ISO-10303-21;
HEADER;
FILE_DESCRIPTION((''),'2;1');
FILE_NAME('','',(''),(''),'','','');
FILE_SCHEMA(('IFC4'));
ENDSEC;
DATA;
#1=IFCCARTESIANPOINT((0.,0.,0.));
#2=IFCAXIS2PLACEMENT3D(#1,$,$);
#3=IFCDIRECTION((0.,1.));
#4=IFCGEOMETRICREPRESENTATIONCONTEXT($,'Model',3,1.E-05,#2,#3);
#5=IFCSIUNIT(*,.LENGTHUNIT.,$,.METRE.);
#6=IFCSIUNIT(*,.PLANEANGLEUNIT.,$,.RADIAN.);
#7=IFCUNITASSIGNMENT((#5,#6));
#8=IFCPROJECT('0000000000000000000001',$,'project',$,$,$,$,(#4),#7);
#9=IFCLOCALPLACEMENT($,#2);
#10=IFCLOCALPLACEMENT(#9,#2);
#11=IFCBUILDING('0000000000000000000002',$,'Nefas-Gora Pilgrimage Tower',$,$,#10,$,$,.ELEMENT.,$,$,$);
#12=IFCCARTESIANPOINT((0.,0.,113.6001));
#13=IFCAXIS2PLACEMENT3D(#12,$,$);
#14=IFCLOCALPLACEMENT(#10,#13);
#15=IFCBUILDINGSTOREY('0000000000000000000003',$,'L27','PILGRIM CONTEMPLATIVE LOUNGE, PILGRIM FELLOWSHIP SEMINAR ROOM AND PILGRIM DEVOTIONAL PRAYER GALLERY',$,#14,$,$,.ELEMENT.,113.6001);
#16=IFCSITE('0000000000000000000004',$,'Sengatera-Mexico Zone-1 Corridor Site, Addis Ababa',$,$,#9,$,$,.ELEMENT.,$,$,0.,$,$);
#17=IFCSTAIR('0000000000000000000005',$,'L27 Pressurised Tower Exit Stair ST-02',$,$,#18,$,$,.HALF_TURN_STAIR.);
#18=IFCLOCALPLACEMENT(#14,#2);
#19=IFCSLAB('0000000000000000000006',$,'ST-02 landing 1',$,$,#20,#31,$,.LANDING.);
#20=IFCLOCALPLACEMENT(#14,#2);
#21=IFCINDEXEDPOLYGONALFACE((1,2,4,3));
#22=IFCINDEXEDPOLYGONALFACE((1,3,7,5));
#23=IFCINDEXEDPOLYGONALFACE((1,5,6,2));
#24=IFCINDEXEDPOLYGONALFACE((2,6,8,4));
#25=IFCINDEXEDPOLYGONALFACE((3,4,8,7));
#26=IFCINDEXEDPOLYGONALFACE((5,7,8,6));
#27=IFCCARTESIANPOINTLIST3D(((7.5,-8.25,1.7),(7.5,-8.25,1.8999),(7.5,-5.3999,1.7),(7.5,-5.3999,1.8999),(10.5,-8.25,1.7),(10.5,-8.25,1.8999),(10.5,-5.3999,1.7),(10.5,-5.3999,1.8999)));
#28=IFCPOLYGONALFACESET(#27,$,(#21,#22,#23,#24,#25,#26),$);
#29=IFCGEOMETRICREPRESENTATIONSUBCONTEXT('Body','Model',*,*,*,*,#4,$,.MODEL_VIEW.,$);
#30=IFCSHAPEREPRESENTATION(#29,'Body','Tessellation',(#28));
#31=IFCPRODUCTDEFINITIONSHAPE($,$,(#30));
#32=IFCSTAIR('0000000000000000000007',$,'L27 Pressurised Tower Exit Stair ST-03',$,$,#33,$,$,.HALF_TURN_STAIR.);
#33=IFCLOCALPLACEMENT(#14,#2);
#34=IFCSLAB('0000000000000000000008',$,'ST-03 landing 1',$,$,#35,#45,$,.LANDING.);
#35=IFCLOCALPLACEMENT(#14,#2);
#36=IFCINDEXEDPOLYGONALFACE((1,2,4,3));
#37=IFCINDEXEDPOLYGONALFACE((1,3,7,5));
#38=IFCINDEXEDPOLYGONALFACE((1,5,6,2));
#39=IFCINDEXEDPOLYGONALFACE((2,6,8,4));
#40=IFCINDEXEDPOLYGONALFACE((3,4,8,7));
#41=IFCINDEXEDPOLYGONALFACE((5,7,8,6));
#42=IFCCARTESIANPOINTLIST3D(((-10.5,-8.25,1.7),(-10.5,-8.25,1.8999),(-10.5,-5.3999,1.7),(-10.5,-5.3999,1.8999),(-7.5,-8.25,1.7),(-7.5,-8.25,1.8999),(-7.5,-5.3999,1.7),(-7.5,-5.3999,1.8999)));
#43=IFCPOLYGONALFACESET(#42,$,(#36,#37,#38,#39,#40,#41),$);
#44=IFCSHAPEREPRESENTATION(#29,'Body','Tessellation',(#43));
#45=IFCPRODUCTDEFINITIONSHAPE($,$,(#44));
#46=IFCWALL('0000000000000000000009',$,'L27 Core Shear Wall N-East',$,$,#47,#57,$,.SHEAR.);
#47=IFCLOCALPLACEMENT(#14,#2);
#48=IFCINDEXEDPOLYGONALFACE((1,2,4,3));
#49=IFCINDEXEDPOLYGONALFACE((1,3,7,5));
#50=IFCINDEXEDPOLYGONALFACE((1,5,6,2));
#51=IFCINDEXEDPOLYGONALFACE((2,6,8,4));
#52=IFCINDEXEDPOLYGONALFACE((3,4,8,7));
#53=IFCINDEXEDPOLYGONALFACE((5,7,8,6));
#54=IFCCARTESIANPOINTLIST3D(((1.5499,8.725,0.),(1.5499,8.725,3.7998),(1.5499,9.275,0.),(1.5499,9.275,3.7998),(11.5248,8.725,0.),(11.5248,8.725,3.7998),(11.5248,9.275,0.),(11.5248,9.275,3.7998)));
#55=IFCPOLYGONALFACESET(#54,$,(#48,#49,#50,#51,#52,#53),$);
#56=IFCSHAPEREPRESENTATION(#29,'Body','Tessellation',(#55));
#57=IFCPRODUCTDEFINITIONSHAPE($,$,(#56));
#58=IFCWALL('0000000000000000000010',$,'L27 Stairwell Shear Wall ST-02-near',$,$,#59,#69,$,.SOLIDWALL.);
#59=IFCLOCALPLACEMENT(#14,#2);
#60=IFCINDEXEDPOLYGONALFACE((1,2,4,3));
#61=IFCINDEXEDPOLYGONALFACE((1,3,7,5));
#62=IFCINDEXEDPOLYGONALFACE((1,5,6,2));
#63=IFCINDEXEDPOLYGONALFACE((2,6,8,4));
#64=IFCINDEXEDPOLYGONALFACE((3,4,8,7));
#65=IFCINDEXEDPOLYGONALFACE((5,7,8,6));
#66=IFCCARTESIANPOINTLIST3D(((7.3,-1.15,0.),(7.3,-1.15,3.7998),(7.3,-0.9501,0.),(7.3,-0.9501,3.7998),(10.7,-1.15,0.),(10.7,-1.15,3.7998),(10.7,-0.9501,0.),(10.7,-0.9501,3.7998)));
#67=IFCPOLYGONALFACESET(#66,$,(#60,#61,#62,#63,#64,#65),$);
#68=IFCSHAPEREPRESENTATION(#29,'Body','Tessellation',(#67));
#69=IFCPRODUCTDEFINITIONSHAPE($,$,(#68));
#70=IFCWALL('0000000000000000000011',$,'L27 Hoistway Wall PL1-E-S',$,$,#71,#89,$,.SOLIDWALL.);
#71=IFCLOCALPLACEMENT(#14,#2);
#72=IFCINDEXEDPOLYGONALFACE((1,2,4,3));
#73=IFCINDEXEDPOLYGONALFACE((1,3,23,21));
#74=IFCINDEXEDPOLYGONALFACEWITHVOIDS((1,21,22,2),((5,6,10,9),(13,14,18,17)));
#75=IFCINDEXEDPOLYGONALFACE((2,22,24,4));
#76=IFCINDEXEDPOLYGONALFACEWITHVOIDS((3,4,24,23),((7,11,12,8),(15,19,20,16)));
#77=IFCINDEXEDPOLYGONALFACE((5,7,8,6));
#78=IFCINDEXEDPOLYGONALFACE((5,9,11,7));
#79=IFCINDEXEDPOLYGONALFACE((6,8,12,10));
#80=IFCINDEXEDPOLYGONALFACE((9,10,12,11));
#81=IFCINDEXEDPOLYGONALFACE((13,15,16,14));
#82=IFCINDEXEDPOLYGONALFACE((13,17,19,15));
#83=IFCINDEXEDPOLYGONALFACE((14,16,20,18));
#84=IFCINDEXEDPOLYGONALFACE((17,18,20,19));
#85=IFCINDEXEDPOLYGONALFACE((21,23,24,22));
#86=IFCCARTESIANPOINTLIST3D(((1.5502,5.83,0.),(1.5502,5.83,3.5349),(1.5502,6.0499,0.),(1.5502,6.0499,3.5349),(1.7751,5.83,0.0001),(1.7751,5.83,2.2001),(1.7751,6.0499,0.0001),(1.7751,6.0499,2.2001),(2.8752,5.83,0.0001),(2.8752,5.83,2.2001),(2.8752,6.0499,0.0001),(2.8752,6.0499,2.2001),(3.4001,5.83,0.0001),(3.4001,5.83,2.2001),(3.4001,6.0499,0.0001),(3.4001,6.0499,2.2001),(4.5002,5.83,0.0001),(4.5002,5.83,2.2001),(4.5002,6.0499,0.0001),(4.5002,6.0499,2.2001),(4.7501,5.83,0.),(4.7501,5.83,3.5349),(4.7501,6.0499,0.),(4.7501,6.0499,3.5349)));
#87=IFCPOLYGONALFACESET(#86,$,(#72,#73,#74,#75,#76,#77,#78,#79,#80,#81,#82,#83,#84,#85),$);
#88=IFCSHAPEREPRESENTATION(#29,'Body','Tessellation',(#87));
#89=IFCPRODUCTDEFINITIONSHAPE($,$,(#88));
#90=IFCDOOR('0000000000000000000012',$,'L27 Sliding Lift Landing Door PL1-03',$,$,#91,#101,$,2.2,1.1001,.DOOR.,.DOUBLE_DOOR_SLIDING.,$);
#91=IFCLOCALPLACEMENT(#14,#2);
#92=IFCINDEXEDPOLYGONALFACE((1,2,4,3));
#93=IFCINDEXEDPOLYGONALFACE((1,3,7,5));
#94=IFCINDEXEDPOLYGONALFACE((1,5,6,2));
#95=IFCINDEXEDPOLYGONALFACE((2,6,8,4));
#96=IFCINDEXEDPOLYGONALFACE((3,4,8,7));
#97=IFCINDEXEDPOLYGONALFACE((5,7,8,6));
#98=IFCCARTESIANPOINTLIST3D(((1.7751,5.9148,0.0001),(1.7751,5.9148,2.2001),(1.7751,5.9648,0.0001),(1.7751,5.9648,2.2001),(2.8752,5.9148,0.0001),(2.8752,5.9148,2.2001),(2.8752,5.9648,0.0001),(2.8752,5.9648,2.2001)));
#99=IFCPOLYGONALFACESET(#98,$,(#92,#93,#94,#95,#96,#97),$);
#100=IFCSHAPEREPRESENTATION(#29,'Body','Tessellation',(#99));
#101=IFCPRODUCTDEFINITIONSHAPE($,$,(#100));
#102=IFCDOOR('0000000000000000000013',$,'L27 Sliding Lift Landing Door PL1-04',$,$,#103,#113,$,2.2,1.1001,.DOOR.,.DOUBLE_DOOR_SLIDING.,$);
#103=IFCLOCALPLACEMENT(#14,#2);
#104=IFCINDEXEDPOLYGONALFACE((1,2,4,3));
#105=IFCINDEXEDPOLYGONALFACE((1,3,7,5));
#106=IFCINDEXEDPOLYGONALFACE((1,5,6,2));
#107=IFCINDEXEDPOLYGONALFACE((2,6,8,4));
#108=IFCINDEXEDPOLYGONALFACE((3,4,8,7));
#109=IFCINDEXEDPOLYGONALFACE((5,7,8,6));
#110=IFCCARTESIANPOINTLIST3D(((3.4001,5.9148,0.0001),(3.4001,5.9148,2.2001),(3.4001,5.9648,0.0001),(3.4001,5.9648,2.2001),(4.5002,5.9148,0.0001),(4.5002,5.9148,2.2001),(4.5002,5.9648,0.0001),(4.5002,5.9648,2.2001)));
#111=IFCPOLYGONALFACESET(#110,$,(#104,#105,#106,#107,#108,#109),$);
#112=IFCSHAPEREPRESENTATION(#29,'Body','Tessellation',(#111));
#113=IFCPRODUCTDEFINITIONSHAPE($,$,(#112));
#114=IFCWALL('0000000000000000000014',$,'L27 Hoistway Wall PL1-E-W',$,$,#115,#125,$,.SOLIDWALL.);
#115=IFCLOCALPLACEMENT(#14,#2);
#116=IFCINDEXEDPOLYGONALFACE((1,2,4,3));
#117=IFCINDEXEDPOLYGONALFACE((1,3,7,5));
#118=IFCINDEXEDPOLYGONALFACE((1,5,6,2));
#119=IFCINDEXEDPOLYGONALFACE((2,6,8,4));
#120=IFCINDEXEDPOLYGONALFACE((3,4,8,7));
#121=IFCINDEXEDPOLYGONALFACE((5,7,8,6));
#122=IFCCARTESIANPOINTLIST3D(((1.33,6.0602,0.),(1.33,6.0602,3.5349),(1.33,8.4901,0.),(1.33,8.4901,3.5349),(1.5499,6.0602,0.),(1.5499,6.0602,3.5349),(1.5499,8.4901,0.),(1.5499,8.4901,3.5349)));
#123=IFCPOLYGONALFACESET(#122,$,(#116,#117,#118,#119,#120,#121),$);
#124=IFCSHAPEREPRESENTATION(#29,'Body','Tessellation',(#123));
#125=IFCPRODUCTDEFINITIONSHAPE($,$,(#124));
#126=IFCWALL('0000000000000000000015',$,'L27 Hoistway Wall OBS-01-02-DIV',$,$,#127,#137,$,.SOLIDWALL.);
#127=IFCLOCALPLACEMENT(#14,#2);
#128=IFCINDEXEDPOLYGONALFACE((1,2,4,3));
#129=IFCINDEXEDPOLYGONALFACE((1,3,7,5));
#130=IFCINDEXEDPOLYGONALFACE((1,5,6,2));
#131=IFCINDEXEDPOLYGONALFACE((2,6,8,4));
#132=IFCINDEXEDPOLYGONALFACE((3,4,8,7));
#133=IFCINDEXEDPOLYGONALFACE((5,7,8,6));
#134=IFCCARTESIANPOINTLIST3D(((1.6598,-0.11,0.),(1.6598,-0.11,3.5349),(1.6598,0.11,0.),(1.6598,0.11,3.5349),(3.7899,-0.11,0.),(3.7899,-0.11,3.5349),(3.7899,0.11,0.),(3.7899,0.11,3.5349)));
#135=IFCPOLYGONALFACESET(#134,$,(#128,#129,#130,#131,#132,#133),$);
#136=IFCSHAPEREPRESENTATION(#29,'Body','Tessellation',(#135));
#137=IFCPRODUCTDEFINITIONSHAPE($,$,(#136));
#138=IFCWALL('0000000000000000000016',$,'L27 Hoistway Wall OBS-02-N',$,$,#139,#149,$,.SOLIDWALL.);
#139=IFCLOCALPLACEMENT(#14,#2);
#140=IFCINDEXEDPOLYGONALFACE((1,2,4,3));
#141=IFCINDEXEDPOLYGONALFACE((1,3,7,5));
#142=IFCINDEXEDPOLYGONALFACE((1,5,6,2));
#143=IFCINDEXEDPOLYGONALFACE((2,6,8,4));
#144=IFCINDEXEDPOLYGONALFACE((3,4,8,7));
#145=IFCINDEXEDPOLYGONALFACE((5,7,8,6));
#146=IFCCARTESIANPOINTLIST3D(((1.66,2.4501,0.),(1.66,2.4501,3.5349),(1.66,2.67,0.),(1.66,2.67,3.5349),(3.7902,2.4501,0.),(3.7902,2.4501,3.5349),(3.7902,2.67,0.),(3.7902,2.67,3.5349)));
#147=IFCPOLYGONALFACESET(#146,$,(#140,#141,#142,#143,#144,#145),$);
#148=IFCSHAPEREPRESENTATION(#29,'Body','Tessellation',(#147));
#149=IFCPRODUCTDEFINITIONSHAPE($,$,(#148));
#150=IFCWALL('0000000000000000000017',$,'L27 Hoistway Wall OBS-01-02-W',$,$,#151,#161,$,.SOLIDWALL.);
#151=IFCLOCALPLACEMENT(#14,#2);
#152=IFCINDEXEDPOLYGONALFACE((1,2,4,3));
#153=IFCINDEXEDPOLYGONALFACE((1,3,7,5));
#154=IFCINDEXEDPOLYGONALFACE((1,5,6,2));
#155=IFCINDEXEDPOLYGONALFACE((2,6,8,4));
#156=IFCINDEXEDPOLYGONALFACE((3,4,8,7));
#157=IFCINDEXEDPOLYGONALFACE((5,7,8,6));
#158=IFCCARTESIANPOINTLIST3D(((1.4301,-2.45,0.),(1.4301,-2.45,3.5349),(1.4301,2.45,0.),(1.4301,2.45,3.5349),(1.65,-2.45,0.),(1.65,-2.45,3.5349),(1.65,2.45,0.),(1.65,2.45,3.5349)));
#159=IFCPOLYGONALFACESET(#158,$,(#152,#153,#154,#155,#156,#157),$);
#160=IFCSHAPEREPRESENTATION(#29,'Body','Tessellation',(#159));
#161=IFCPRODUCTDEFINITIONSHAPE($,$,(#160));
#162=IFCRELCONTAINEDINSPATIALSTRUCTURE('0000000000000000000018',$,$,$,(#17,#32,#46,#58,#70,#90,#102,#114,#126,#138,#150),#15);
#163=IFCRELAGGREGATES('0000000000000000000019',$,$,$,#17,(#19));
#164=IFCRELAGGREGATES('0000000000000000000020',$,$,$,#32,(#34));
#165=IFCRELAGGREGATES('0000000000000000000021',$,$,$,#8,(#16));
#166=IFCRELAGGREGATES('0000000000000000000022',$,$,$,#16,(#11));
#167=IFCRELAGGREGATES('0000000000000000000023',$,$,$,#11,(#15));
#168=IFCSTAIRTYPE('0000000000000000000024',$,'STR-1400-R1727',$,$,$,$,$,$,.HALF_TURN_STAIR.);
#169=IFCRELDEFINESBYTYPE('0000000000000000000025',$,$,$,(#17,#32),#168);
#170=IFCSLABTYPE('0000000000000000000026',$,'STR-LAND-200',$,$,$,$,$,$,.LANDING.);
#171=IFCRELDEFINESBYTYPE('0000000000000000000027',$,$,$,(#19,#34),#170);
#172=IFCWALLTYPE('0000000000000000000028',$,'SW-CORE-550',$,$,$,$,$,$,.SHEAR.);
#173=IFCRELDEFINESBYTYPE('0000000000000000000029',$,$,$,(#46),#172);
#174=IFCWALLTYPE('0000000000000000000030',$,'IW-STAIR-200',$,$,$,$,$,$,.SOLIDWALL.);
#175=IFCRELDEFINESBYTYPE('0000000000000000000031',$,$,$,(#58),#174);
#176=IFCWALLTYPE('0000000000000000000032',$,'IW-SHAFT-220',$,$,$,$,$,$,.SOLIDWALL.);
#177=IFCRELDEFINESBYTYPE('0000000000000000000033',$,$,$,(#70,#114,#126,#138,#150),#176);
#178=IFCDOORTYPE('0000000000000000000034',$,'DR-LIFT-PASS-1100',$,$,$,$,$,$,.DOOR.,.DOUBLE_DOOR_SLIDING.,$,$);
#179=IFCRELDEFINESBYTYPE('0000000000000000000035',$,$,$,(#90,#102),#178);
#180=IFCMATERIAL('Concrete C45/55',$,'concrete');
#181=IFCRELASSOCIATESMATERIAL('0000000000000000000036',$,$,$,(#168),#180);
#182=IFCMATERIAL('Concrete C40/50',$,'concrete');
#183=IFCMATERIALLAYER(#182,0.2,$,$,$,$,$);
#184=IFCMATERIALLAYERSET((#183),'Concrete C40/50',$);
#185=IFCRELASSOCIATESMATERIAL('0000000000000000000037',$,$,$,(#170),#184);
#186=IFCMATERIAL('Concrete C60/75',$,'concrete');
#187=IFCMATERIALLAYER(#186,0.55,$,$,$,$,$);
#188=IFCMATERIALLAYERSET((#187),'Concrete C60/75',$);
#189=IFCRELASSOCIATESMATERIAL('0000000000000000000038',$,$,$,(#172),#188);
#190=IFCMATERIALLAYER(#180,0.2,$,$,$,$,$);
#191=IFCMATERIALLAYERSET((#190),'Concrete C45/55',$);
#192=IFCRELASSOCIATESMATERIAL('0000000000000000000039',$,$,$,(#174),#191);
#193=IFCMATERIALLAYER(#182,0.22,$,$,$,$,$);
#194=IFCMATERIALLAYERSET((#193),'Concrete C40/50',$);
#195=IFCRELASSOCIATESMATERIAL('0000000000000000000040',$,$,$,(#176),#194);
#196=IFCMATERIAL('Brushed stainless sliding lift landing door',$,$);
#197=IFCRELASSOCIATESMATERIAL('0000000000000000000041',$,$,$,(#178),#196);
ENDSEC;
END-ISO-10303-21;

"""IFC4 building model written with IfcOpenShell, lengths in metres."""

from ifc_helpers import new_model, si_unit, direction, frame, frame_2d, origin, place, context, subcontext, project, spatial, polyline, rectangle, outline, extrude, source, transform, mapped, material, layer, layer_set, type_object, element, fill, aggregate, save


model = new_model("IFC4")

# Units and contexts
model_context = context("Model", 3, precision=1e-05, world=origin(), true_north=direction((0.0, 1.0)))
body_context = subcontext(model_context, "Body", "Model", "MODEL_VIEW")
ifc_project = project(units=[si_unit("LENGTHUNIT", "METRE"), si_unit("PLANEANGLEUNIT", "RADIAN")], contexts=[model_context])

# Site, building, storey
site_placement = place(None, origin())
site = spatial("IfcSite", under=ifc_project, at=site_placement, Name="Sengatera-Mexico Zone-1 Corridor Site, Addis Ababa", CompositionType="ELEMENT", RefElevation=0.0)
building_placement = place(site_placement, origin())
building = spatial("IfcBuilding", under=site, at=building_placement, Name="Nefas-Gora Pilgrimage Tower", CompositionType="ELEMENT")
storey_placement = place(building_placement, frame((0.0, 0.0, 113.6001)))
storey = spatial("IfcBuildingStorey", under=building, at=storey_placement, Name="L27", Description="PILGRIM CONTEMPLATIVE LOUNGE, PILGRIM FELLOWSHIP SEMINAR ROOM AND PILGRIM DEVOTIONAL PRAYER GALLERY", CompositionType="ELEMENT", Elevation=113.6001)

# Stairs, slabs
ifc_material_1 = material(Name="Concrete C45/55", Category="concrete")
stair_type = type_object("IfcStairType", Name="STR-1400-R1727", PredefinedType="HALF_TURN_STAIR", material=ifc_material_1)
stair_1_placement = place(storey_placement, origin())
stair_1 = element("IfcStair", 1, at=stair_1_placement, inside=storey, type_object=stair_type, Name="L27 Pressurised Tower Exit Stair ST-02", PredefinedType="HALF_TURN_STAIR")
ifc_material_2 = material(Name="Concrete C40/50", Category="concrete")
ifc_layer_1 = layer(ifc_material_2, 0.2)
ifc_layer_set_1 = layer_set([ifc_layer_1], Name="Concrete C40/50")
slab_type = type_object("IfcSlabType", Name="STR-LAND-200", PredefinedType="LANDING", material=ifc_layer_set_1)
slab_1_placement = place(storey_placement, frame((0.0, 0.0, 1.7)))
slab_1 = element("IfcSlab", 2, at=slab_1_placement, type_object=slab_type, Name="ST-02 landing 1", PredefinedType="LANDING", context=body_context, shape_type="SweptSolid", body=[
    extrude(outline(polyline([(7.5, -5.3999), (7.5, -8.25), (10.5, -8.25), (10.5, -5.3999), (7.5, -5.3999)])), origin(), (0.0, 0.0, 1.0), 0.2),
])
aggregate(stair_1, [slab_1])
stair_2_placement = place(storey_placement, origin())
stair_2 = element("IfcStair", 3, at=stair_2_placement, inside=storey, type_object=stair_type, Name="L27 Pressurised Tower Exit Stair ST-03", PredefinedType="HALF_TURN_STAIR")
slab_2_placement = place(storey_placement, frame((0.0, 0.0, 1.7)))
slab_2 = element("IfcSlab", 4, at=slab_2_placement, type_object=slab_type, Name="ST-03 landing 1", PredefinedType="LANDING", context=body_context, shape_type="SweptSolid", body=[
    extrude(outline(polyline([(-10.5, -5.3999), (-10.5, -8.25), (-7.5, -8.25), (-7.5, -5.3999), (-10.5, -5.3999)])), origin(), (0.0, 0.0, 1.0), 0.2),
])
aggregate(stair_2, [slab_2])

# Walls
ifc_material_3 = material(Name="Concrete C60/75", Category="concrete")
ifc_layer_2 = layer(ifc_material_3, 0.55)
ifc_layer_set_2 = layer_set([ifc_layer_2], Name="Concrete C60/75")
wall_type_1 = type_object("IfcWallType", Name="SW-CORE-550", PredefinedType="SHEAR", material=ifc_layer_set_2)
shared_shape_1 = source(origin(), body_context, "Body", "SweptSolid", [
    extrude(rectangle(XDim=9.9749, YDim=0.55, at=frame_2d((4.9873, 0.0))), origin(), (0.0, 0.0, 1.0), 3.7998),
])
wall_1_placement = place(storey_placement, frame((1.55, 9.0, 0.0), z_axis=(0.0, 0.0, 1.0), x_axis=(1.0, 0.0, 0.0)))
element("IfcWall", 5, at=wall_1_placement, inside=storey, type_object=wall_type_1, Name="L27 Core Shear Wall N-East", PredefinedType="SHEAR", context=body_context, shape_type="MappedRepresentation", body=[
    mapped(shared_shape_1, transform((0.0, 0.0, 0.0), x_axis=(1.0, 0.0, 0.0), y_axis=(0.0, 1.0, 0.0), z_axis=(0.0, 0.0, 1.0), scale=1.0)),
])
ifc_layer_3 = layer(ifc_material_1, 0.2)
ifc_layer_set_3 = layer_set([ifc_layer_3], Name="Concrete C45/55")
wall_type_2 = type_object("IfcWallType", Name="IW-STAIR-200", PredefinedType="SOLIDWALL", material=ifc_layer_set_3)
shared_shape_2 = source(origin(), body_context, "Body", "SweptSolid", [
    extrude(rectangle(XDim=3.3999, YDim=0.2, at=frame_2d((1.7, 0.0))), origin(), (0.0, 0.0, 1.0), 3.7998),
])
wall_2_placement = place(storey_placement, frame((7.3, -1.05, 0.0), z_axis=(0.0, 0.0, 1.0), x_axis=(1.0, 0.0, 0.0)))
element("IfcWall", 6, at=wall_2_placement, inside=storey, type_object=wall_type_2, Name="L27 Stairwell Shear Wall ST-02-near", PredefinedType="SOLIDWALL", context=body_context, shape_type="MappedRepresentation", body=[
    mapped(shared_shape_2, transform((0.0, 0.0, 0.0), x_axis=(1.0, 0.0, 0.0), y_axis=(0.0, 1.0, 0.0), z_axis=(0.0, 0.0, 1.0), scale=1.0)),
])

# Wall, openings, doors
ifc_layer_4 = layer(ifc_material_2, 0.22)
ifc_layer_set_4 = layer_set([ifc_layer_4], Name="Concrete C40/50")
wall_type_3 = type_object("IfcWallType", Name="IW-SHAFT-220", PredefinedType="SOLIDWALL", material=ifc_layer_set_4)
shared_shape_3 = source(origin(), body_context, "Body", "SweptSolid", [
    extrude(rectangle(XDim=3.2, YDim=0.22, at=frame_2d((1.6001, 0.0))), origin(), (0.0, 0.0, 1.0), 3.5349),
])
wall_3_placement = place(storey_placement, frame((1.55, 5.9399, 0.0), z_axis=(0.0, 0.0, 1.0), x_axis=(1.0, 0.0, 0.0)))
wall_3 = element("IfcWall", 7, at=wall_3_placement, inside=storey, type_object=wall_type_3, Name="L27 Hoistway Wall PL1-E-S", PredefinedType="SOLIDWALL", context=body_context, shape_type="MappedRepresentation", body=[
    mapped(shared_shape_3, transform((0.0, 0.0, 0.0), x_axis=(1.0, 0.0, 0.0), y_axis=(0.0, 1.0, 0.0), z_axis=(0.0, 0.0, 1.0), scale=1.0)),
])
opening_1_placement = place(wall_3_placement, frame((0.2251, 0.0, 0.0)))
opening_1 = element("IfcOpeningElement", 8, at=opening_1_placement, cuts=wall_3, PredefinedType="OPENING", context=body_context, shape_type="SweptSolid", body=[
    extrude(rectangle(XDim=1.1001, YDim=2.2, at=frame_2d((0.55, 1.1001))), frame((0.0, 0.1199, 0.0), z_axis=(0.0, -1.0, 0.0), x_axis=(1.0, 0.0, 0.0)), (0.0, 0.0, 1.0), 0.24),
])
opening_2_placement = place(wall_3_placement, frame((1.8501, 0.0, 0.0)))
opening_2 = element("IfcOpeningElement", 9, at=opening_2_placement, cuts=wall_3, PredefinedType="OPENING", context=body_context, shape_type="SweptSolid", body=[
    extrude(rectangle(XDim=1.1001, YDim=2.2, at=frame_2d((0.55, 1.1001))), frame((0.0, 0.1199, 0.0), z_axis=(0.0, -1.0, 0.0), x_axis=(1.0, 0.0, 0.0)), (0.0, 0.0, 1.0), 0.24),
])
ifc_material_4 = material(Name="Brushed stainless sliding lift landing door")
door_type_1 = type_object("IfcDoorType", Name="DR-LIFT-PASS-1100", OperationType="DOUBLE_DOOR_SLIDING", PredefinedType="DOOR", material=ifc_material_4)
shared_shape_4 = source(origin(), body_context, "Body", "SweptSolid", [
    extrude(rectangle(XDim=1.1001, YDim=2.2, at=frame_2d((0.55, 1.1001))), frame((0.0, 0.0249, 0.0), z_axis=(0.0, -1.0, 0.0), x_axis=(1.0, 0.0, 0.0)), (0.0, 0.0, 1.0), 0.05),
])
door_1_placement = place(opening_1_placement, origin())
door_1 = element("IfcDoor", 10, at=door_1_placement, inside=storey, type_object=door_type_1, Name="L27 Sliding Lift Landing Door PL1-03", OperationType="DOUBLE_DOOR_SLIDING", OverallHeight=2.2, OverallWidth=1.1001, PredefinedType="DOOR", context=body_context, shape_type="MappedRepresentation", body=[
    mapped(shared_shape_4, transform((0.0, 0.0, 0.0), x_axis=(1.0, 0.0, 0.0), y_axis=(0.0, 1.0, 0.0), z_axis=(0.0, 0.0, 1.0), scale=1.0)),
])
fill(opening_1, door_1)
door_2_placement = place(opening_2_placement, origin())
door_2 = element("IfcDoor", 11, at=door_2_placement, inside=storey, type_object=door_type_1, Name="L27 Sliding Lift Landing Door PL1-04", OperationType="DOUBLE_DOOR_SLIDING", OverallHeight=2.2, OverallWidth=1.1001, PredefinedType="DOOR", context=body_context, shape_type="MappedRepresentation", body=[
    mapped(shared_shape_4, transform((0.0, 0.0, 0.0), x_axis=(1.0, 0.0, 0.0), y_axis=(0.0, 1.0, 0.0), z_axis=(0.0, 0.0, 1.0), scale=1.0)),
])
fill(opening_2, door_2)

# Walls
shared_shape_5 = source(origin(), body_context, "Body", "SweptSolid", [
    extrude(rectangle(XDim=2.4299, YDim=0.22, at=frame_2d((1.2148, 0.0))), origin(), (0.0, 0.0, 1.0), 3.5349),
])
for number, where, z_axis, x_axis, name in (
    (12, (1.4399, 8.49, 0.0), (0.0, 0.0, 1.0), (0.0, -1.0, 0.0), "L27 Hoistway Wall PL1-E-W"),
):
    element("IfcWall", number, at=place(storey_placement, frame(where, z_axis=z_axis, x_axis=x_axis)), inside=storey, type_object=wall_type_3, Name=name, PredefinedType="SOLIDWALL", context=body_context, shape_type="MappedRepresentation", body=[
        mapped(shared_shape_5, transform((0.0, 0.0, 0.0), x_axis=(1.0, 0.0, 0.0), y_axis=(0.0, 1.0, 0.0), z_axis=(0.0, 0.0, 1.0), scale=1.0)),
    ])
shared_shape_6 = source(origin(), body_context, "Body", "SweptSolid", [
    extrude(rectangle(XDim=2.1301, YDim=0.22, at=frame_2d((1.0649, 0.0))), origin(), (0.0, 0.0, 1.0), 3.5349),
])
for number, where, z_axis, x_axis, name in (
    (13, (1.6599, 0.0, 0.0), (0.0, 0.0, 1.0), (1.0, 0.0, 0.0), "L27 Hoistway Wall OBS-01-02-DIV"),
    (14, (3.79, 2.5601, 0.0), (0.0, 0.0, 1.0), (-1.0, 0.0, 0.0), "L27 Hoistway Wall OBS-02-N"),
):
    element("IfcWall", number, at=place(storey_placement, frame(where, z_axis=z_axis, x_axis=x_axis)), inside=storey, type_object=wall_type_3, Name=name, PredefinedType="SOLIDWALL", context=body_context, shape_type="MappedRepresentation", body=[
        mapped(shared_shape_6, transform((0.0, 0.0, 0.0), x_axis=(1.0, 0.0, 0.0), y_axis=(0.0, 1.0, 0.0), z_axis=(0.0, 0.0, 1.0), scale=1.0)),
    ])
shared_shape_7 = source(origin(), body_context, "Body", "SweptSolid", [
    extrude(rectangle(XDim=4.8999, YDim=0.22, at=frame_2d((2.45, 0.0))), origin(), (0.0, 0.0, 1.0), 3.5349),
])
wall_4_placement = place(storey_placement, frame((1.54, 2.45, 0.0), z_axis=(0.0, 0.0, 1.0), x_axis=(0.0, -1.0, 0.0)))
element("IfcWall", 15, at=wall_4_placement, inside=storey, type_object=wall_type_3, Name="L27 Hoistway Wall OBS-01-02-W", PredefinedType="SOLIDWALL", context=body_context, shape_type="MappedRepresentation", body=[
    mapped(shared_shape_7, transform((0.0, 0.0, 0.0), x_axis=(1.0, 0.0, 0.0), y_axis=(0.0, 1.0, 0.0), z_axis=(0.0, 0.0, 1.0), scale=1.0)),
])

save(model, "model.ifc")
